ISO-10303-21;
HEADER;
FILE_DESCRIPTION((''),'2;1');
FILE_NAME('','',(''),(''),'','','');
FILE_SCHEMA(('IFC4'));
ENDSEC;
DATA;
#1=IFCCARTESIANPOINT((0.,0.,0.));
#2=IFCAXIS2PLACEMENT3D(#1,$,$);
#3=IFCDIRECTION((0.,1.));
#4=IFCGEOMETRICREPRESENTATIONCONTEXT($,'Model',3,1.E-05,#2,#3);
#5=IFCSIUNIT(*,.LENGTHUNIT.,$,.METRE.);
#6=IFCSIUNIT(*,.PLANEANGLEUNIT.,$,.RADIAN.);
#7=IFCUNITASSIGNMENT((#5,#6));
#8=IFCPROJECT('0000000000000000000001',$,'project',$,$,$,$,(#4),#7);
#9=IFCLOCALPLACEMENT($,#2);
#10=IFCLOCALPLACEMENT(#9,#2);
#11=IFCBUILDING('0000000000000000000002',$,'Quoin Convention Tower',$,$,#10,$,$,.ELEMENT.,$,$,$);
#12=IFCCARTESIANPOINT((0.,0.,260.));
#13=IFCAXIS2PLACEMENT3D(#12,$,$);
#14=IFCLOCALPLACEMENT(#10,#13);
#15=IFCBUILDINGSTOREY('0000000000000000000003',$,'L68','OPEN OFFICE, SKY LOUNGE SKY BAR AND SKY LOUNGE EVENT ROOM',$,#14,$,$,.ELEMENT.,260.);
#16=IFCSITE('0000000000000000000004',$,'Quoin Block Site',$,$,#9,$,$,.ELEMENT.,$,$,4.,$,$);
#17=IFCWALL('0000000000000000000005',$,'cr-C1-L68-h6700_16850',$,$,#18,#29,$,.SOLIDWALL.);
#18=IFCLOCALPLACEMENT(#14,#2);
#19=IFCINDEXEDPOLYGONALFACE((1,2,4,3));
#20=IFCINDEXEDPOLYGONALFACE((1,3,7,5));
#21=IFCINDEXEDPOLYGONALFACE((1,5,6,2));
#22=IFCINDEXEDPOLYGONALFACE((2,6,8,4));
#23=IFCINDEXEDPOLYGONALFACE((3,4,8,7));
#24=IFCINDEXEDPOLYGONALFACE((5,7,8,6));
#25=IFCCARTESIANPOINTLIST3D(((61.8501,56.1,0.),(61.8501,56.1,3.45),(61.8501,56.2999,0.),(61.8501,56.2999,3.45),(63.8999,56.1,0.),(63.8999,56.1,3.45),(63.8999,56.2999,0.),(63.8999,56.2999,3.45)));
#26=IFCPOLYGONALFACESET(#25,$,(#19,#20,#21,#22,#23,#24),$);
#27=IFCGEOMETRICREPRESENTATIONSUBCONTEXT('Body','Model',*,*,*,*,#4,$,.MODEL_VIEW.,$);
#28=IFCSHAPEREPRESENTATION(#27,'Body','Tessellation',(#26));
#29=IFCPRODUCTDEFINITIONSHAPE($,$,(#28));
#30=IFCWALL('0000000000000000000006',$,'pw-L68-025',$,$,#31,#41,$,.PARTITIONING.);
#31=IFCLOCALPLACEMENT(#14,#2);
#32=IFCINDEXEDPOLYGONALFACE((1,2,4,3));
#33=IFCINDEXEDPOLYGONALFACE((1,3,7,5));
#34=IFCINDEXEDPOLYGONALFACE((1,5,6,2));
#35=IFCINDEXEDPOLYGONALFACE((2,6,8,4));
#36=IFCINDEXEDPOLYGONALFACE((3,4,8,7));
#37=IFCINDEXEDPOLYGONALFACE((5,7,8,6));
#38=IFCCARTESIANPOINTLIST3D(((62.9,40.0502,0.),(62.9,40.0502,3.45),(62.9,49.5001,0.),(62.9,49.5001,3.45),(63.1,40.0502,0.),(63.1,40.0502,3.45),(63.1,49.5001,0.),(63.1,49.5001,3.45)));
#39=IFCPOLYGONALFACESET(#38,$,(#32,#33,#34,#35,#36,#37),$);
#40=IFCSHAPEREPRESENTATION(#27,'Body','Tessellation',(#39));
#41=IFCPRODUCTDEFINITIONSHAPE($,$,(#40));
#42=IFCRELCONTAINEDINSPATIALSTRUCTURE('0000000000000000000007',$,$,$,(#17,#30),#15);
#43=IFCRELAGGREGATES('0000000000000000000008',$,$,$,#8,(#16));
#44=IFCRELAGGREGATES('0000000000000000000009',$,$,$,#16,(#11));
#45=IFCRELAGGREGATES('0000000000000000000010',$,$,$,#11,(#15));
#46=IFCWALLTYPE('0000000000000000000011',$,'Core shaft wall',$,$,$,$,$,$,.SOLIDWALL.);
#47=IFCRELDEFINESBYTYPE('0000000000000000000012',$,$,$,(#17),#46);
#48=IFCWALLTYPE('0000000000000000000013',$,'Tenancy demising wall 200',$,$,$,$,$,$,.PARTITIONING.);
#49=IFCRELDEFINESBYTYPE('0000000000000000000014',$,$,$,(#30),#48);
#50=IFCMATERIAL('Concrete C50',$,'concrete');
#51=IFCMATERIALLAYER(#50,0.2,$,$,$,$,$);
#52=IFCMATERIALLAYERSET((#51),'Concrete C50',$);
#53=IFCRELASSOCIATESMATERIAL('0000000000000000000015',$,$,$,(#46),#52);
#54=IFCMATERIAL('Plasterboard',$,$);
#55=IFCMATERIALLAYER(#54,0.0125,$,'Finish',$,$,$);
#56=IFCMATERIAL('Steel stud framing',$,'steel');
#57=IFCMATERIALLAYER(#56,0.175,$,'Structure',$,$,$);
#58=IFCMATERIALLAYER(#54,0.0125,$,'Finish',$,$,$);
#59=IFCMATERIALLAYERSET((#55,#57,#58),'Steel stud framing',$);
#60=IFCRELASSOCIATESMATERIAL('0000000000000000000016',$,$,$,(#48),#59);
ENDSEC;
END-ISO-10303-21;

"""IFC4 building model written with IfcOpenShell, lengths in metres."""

from ifc_helpers import new_model, si_unit, direction, frame, frame_2d, origin, place, context, subcontext, project, spatial, rectangle, extrude, material, layer, layer_set, type_object, element, save


model = new_model("IFC4")

# Units and contexts
model_context = context("Model", 3, precision=1e-05, world=origin(), true_north=direction((0.0, 1.0)))
body_context = subcontext(model_context, "Body", "Model", "MODEL_VIEW")
ifc_project = project(units=[si_unit("LENGTHUNIT", "METRE"), si_unit("PLANEANGLEUNIT", "RADIAN")], contexts=[model_context])

# Site, building, storey
site_placement = place(None, origin())
site = spatial("IfcSite", under=ifc_project, at=site_placement, Name="Quoin Block Site", CompositionType="ELEMENT", RefElevation=4.0)
building_placement = place(site_placement, origin())
building = spatial("IfcBuilding", under=site, at=building_placement, Name="Quoin Convention Tower", CompositionType="ELEMENT")
storey_placement = place(building_placement, frame((0.0, 0.0, 260.0)))
storey = spatial("IfcBuildingStorey", under=building, at=storey_placement, Name="L68", Description="OPEN OFFICE, SKY LOUNGE SKY BAR AND SKY LOUNGE EVENT ROOM", CompositionType="ELEMENT", Elevation=260.0)

# Shared definitions
ifc_material_1 = material(Name="Concrete C50", Category="concrete")

# Walls
ifc_material_2 = material(Name="Plasterboard")
ifc_material_3 = material(Name="Steel stud framing", Category="steel")
ifc_layer_1 = layer(ifc_material_1, 0.2)
ifc_layer_set_1 = layer_set([ifc_layer_1], Name="Concrete C50")
wall_type_1 = type_object("IfcWallType", Name="Core shaft wall", PredefinedType="SOLIDWALL", material=ifc_layer_set_1)
wall_1_placement = place(storey_placement, frame((61.8501, 56.2, 0.0), z_axis=(0.0, 0.0, 1.0), x_axis=(1.0, 0.0, 0.0)))
element("IfcWall", 1, at=wall_1_placement, inside=storey, type_object=wall_type_1, Name="cr-C1-L68-h6700_16850", PredefinedType="SOLIDWALL", context=body_context, shape_type="SweptSolid", body=[
    extrude(rectangle(XDim=2.0498, YDim=0.2, at=frame_2d((1.0249, 0.0))), origin(), (0.0, 0.0, 1.0), 3.45),
])
ifc_layer_2 = layer(ifc_material_2, 0.0125, Name="Finish")
ifc_layer_3 = layer(ifc_material_3, 0.175, Name="Structure")
ifc_layer_4 = layer(ifc_material_2, 0.0125, Name="Finish")
ifc_layer_set_2 = layer_set([ifc_layer_2, ifc_layer_3, ifc_layer_4], Name="Steel stud framing")
wall_type_2 = type_object("IfcWallType", Name="Tenancy demising wall 200", PredefinedType="PARTITIONING", material=ifc_layer_set_2)
wall_2_placement = place(storey_placement, frame((63.0, 40.05, 0.0), z_axis=(0.0, 0.0, 1.0), x_axis=(0.0, 1.0, 0.0)))
element("IfcWall", 2, at=wall_2_placement, inside=storey, type_object=wall_type_2, Name="pw-L68-025", PredefinedType="PARTITIONING", context=body_context, shape_type="SweptSolid", body=[
    extrude(rectangle(XDim=9.45, YDim=0.2, at=frame_2d((4.7251, 0.0))), origin(), (0.0, 0.0, 1.0), 3.45),
])

save(model, "model.ifc")
